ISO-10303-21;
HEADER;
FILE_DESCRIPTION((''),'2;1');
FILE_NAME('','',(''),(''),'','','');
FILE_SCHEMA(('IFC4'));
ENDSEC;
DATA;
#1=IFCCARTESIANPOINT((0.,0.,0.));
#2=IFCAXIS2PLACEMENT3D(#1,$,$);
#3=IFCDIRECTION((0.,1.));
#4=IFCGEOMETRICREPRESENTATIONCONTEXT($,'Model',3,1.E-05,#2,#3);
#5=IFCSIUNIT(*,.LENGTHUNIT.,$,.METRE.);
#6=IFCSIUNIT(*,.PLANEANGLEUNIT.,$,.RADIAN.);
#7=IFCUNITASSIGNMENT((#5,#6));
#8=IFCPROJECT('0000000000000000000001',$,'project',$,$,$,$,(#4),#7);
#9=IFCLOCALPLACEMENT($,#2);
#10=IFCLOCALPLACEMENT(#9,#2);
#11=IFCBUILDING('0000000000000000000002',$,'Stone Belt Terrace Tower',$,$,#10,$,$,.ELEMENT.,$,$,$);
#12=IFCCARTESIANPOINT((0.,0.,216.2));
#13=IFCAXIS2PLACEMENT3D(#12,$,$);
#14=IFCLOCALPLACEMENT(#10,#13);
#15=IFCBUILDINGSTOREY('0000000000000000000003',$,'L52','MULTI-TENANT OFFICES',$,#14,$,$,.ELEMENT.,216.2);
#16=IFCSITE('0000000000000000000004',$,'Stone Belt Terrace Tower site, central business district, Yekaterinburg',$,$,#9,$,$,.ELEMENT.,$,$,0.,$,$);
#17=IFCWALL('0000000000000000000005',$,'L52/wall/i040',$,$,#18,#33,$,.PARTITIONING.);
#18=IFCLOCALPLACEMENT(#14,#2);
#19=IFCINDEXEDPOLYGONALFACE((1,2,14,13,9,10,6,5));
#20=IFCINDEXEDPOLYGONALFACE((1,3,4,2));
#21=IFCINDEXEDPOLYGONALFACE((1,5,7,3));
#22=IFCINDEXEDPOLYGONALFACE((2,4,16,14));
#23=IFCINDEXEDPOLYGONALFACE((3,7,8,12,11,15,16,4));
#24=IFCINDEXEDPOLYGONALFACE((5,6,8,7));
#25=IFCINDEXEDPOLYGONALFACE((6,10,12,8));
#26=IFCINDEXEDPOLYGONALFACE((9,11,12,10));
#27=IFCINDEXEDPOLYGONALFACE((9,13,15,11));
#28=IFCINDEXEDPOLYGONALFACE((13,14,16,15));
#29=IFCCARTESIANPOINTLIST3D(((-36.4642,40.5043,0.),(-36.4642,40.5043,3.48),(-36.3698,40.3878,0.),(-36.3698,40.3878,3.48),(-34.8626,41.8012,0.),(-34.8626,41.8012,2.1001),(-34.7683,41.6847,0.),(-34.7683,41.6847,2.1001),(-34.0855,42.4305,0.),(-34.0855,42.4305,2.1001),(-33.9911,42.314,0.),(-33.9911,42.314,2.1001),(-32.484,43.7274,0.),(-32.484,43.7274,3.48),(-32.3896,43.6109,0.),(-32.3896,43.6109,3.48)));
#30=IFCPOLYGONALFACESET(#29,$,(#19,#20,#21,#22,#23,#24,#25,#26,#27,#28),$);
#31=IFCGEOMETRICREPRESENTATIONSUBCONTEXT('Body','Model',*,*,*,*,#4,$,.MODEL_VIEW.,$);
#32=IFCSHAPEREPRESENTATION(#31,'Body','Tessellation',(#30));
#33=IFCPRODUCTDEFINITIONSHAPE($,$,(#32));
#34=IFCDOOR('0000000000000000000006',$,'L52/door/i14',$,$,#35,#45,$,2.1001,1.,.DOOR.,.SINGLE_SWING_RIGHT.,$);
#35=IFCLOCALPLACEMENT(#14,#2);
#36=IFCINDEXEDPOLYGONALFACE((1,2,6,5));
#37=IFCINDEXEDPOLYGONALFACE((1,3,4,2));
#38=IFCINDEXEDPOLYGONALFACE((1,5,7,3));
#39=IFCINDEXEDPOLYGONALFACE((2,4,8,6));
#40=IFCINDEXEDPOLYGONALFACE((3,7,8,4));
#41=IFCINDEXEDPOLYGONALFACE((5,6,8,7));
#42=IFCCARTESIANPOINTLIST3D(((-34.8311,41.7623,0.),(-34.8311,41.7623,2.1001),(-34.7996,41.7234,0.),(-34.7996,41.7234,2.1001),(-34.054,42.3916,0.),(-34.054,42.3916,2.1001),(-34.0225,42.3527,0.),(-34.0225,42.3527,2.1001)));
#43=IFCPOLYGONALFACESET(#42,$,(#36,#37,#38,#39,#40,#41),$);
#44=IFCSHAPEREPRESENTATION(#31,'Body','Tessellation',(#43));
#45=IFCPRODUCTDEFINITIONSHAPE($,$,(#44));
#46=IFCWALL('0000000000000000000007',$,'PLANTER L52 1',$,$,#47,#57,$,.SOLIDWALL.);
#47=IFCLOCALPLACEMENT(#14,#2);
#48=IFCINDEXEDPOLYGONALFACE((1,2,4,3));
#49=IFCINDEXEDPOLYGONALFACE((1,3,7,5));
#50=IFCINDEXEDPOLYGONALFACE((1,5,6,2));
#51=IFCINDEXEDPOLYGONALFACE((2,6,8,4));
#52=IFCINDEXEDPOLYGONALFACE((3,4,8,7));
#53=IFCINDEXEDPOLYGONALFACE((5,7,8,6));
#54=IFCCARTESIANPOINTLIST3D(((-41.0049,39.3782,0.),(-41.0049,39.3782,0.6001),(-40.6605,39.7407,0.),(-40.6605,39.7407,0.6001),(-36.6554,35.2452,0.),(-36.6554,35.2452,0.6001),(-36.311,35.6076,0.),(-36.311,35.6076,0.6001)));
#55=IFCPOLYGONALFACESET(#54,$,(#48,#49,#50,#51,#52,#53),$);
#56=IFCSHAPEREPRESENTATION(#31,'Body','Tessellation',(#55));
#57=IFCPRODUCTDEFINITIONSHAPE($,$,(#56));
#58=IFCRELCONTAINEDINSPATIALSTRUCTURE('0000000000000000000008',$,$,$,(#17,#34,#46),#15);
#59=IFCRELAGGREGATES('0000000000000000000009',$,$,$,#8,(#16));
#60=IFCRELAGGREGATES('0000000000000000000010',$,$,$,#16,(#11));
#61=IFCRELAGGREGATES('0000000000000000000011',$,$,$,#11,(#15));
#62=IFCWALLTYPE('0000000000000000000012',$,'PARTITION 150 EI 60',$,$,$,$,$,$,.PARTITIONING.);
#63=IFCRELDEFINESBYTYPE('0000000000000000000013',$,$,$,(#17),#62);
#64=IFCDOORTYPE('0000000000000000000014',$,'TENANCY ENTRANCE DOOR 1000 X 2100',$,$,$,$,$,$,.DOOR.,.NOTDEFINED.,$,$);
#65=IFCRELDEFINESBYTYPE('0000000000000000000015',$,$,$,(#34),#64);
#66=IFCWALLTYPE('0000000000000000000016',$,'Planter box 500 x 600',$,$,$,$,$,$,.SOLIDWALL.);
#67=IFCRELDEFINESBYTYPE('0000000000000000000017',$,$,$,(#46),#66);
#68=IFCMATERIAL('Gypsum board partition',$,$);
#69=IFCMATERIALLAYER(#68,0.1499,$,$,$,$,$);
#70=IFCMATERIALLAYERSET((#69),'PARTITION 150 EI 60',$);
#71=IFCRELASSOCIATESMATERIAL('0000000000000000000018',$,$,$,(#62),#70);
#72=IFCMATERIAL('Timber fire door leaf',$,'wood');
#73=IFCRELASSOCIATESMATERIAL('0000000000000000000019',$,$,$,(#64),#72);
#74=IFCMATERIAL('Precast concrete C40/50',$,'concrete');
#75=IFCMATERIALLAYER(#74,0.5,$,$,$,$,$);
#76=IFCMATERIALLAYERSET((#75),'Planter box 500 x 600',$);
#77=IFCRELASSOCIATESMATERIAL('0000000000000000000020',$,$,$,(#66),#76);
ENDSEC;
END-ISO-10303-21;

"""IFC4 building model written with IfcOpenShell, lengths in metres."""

from ifc_helpers import new_model, si_unit, direction, frame, frame_2d, origin, origin_2d, place, context, subcontext, project, spatial, rectangle, extrude, material, layer, layer_set, type_object, element, fill, save


model = new_model("IFC4")

# Units and contexts
model_context = context("Model", 3, precision=1e-05, world=origin(), true_north=direction((0.0, 1.0)))
body_context = subcontext(model_context, "Body", "Model", "MODEL_VIEW")
ifc_project = project(units=[si_unit("LENGTHUNIT", "METRE"), si_unit("PLANEANGLEUNIT", "RADIAN")], contexts=[model_context])

# Site, building, storey
site_placement = place(None, origin())
site = spatial("IfcSite", under=ifc_project, at=site_placement, Name="Stone Belt Terrace Tower site, central business district, Yekaterinburg", CompositionType="ELEMENT", RefElevation=0.0)
building_placement = place(site_placement, origin())
building = spatial("IfcBuilding", under=site, at=building_placement, Name="Stone Belt Terrace Tower", CompositionType="ELEMENT")
storey_placement = place(building_placement, frame((0.0, 0.0, 216.2)))
storey = spatial("IfcBuildingStorey", under=building, at=storey_placement, Name="L52", Description="MULTI-TENANT OFFICES", CompositionType="ELEMENT", Elevation=216.2)

# Shared definitions
ifc_material_1 = material(Name="Gypsum board partition")

# Shared definitions
ifc_layer_1 = layer(ifc_material_1, 0.1499)
ifc_layer_set_1 = layer_set([ifc_layer_1], Name="PARTITION 150 EI 60")
wall_type_1 = type_object("IfcWallType", Name="PARTITION 150 EI 60", PredefinedType="PARTITIONING", material=ifc_layer_set_1)

# Shared definitions
ifc_material_2 = material(Name="Timber fire door leaf", Category="wood")
door_type_1 = type_object("IfcDoorType", Name="TENANCY ENTRANCE DOOR 1000 X 2100", OperationType="NOTDEFINED", PredefinedType="DOOR", material=ifc_material_2)

# Wall, opening, door
wall_1_placement = place(storey_placement, frame((-36.417, 40.446, 0.0), z_axis=(0.0, 0.0, 1.0), x_axis=(0.777144, 0.629323, 0.0)))
wall_1 = element("IfcWall", 1, at=wall_1_placement, inside=storey, type_object=wall_type_1, Name="L52/wall/i040", PredefinedType="PARTITIONING", context=body_context, shape_type="SweptSolid", body=[
    extrude(rectangle(XDim=5.1216, YDim=0.1499, at=frame_2d((2.5608, 0.0))), origin(), (0.0, 0.0, 1.0), 3.48),
])
opening_1_placement = place(wall_1_placement, frame((2.0608, 0.0, 0.0)))
opening_1 = element("IfcOpeningElement", 2, at=opening_1_placement, cuts=wall_1, PredefinedType="OPENING", context=body_context, shape_type="SweptSolid", body=[
    extrude(rectangle(XDim=1.0, YDim=2.1001, at=frame_2d((0.5, 1.05))), frame((0.0, 0.085, 0.0), z_axis=(0.0, -1.0, 0.0), x_axis=(1.0, 0.0, 0.0)), (0.0, 0.0, 1.0), 0.1699),
])
door_1_placement = place(opening_1_placement, origin())
door_1 = element("IfcDoor", 3, at=door_1_placement, inside=storey, type_object=door_type_1, Name="L52/door/i14", OperationType="SINGLE_SWING_RIGHT", OverallHeight=2.1001, OverallWidth=1.0, PredefinedType="DOOR", context=body_context, shape_type="SweptSolid", body=[
    extrude(rectangle(XDim=1.0, YDim=2.1001, at=frame_2d((0.5, 1.05))), frame((0.0, 0.0249, 0.0), z_axis=(0.0, -1.0, 0.0), x_axis=(1.0, 0.0, 0.0)), (0.0, 0.0, 1.0), 0.05),
])
fill(opening_1, door_1)

# Wall
ifc_material_3 = material(Name="Precast concrete C40/50", Category="concrete")
ifc_layer_2 = layer(ifc_material_3, 0.5)
ifc_layer_set_2 = layer_set([ifc_layer_2], Name="Planter box 500 x 600")
wall_type_2 = type_object("IfcWallType", Name="Planter box 500 x 600", PredefinedType="SOLIDWALL", material=ifc_layer_set_2)
wall_2_placement = place(storey_placement, frame((-38.658, 37.4929, 0.0), z_axis=(0.0, 0.0, 1.0), x_axis=(0.724914, -0.68884, 0.0)))
element("IfcWall", 4, at=wall_2_placement, inside=storey, type_object=wall_type_2, Name="PLANTER L52 1", PredefinedType="SOLIDWALL", context=body_context, shape_type="SweptSolid", body=[
    extrude(rectangle(XDim=6.0, YDim=0.5, at=origin_2d()), origin(), (0.0, 0.0, 1.0), 0.6001),
])

save(model, "model.ifc")
